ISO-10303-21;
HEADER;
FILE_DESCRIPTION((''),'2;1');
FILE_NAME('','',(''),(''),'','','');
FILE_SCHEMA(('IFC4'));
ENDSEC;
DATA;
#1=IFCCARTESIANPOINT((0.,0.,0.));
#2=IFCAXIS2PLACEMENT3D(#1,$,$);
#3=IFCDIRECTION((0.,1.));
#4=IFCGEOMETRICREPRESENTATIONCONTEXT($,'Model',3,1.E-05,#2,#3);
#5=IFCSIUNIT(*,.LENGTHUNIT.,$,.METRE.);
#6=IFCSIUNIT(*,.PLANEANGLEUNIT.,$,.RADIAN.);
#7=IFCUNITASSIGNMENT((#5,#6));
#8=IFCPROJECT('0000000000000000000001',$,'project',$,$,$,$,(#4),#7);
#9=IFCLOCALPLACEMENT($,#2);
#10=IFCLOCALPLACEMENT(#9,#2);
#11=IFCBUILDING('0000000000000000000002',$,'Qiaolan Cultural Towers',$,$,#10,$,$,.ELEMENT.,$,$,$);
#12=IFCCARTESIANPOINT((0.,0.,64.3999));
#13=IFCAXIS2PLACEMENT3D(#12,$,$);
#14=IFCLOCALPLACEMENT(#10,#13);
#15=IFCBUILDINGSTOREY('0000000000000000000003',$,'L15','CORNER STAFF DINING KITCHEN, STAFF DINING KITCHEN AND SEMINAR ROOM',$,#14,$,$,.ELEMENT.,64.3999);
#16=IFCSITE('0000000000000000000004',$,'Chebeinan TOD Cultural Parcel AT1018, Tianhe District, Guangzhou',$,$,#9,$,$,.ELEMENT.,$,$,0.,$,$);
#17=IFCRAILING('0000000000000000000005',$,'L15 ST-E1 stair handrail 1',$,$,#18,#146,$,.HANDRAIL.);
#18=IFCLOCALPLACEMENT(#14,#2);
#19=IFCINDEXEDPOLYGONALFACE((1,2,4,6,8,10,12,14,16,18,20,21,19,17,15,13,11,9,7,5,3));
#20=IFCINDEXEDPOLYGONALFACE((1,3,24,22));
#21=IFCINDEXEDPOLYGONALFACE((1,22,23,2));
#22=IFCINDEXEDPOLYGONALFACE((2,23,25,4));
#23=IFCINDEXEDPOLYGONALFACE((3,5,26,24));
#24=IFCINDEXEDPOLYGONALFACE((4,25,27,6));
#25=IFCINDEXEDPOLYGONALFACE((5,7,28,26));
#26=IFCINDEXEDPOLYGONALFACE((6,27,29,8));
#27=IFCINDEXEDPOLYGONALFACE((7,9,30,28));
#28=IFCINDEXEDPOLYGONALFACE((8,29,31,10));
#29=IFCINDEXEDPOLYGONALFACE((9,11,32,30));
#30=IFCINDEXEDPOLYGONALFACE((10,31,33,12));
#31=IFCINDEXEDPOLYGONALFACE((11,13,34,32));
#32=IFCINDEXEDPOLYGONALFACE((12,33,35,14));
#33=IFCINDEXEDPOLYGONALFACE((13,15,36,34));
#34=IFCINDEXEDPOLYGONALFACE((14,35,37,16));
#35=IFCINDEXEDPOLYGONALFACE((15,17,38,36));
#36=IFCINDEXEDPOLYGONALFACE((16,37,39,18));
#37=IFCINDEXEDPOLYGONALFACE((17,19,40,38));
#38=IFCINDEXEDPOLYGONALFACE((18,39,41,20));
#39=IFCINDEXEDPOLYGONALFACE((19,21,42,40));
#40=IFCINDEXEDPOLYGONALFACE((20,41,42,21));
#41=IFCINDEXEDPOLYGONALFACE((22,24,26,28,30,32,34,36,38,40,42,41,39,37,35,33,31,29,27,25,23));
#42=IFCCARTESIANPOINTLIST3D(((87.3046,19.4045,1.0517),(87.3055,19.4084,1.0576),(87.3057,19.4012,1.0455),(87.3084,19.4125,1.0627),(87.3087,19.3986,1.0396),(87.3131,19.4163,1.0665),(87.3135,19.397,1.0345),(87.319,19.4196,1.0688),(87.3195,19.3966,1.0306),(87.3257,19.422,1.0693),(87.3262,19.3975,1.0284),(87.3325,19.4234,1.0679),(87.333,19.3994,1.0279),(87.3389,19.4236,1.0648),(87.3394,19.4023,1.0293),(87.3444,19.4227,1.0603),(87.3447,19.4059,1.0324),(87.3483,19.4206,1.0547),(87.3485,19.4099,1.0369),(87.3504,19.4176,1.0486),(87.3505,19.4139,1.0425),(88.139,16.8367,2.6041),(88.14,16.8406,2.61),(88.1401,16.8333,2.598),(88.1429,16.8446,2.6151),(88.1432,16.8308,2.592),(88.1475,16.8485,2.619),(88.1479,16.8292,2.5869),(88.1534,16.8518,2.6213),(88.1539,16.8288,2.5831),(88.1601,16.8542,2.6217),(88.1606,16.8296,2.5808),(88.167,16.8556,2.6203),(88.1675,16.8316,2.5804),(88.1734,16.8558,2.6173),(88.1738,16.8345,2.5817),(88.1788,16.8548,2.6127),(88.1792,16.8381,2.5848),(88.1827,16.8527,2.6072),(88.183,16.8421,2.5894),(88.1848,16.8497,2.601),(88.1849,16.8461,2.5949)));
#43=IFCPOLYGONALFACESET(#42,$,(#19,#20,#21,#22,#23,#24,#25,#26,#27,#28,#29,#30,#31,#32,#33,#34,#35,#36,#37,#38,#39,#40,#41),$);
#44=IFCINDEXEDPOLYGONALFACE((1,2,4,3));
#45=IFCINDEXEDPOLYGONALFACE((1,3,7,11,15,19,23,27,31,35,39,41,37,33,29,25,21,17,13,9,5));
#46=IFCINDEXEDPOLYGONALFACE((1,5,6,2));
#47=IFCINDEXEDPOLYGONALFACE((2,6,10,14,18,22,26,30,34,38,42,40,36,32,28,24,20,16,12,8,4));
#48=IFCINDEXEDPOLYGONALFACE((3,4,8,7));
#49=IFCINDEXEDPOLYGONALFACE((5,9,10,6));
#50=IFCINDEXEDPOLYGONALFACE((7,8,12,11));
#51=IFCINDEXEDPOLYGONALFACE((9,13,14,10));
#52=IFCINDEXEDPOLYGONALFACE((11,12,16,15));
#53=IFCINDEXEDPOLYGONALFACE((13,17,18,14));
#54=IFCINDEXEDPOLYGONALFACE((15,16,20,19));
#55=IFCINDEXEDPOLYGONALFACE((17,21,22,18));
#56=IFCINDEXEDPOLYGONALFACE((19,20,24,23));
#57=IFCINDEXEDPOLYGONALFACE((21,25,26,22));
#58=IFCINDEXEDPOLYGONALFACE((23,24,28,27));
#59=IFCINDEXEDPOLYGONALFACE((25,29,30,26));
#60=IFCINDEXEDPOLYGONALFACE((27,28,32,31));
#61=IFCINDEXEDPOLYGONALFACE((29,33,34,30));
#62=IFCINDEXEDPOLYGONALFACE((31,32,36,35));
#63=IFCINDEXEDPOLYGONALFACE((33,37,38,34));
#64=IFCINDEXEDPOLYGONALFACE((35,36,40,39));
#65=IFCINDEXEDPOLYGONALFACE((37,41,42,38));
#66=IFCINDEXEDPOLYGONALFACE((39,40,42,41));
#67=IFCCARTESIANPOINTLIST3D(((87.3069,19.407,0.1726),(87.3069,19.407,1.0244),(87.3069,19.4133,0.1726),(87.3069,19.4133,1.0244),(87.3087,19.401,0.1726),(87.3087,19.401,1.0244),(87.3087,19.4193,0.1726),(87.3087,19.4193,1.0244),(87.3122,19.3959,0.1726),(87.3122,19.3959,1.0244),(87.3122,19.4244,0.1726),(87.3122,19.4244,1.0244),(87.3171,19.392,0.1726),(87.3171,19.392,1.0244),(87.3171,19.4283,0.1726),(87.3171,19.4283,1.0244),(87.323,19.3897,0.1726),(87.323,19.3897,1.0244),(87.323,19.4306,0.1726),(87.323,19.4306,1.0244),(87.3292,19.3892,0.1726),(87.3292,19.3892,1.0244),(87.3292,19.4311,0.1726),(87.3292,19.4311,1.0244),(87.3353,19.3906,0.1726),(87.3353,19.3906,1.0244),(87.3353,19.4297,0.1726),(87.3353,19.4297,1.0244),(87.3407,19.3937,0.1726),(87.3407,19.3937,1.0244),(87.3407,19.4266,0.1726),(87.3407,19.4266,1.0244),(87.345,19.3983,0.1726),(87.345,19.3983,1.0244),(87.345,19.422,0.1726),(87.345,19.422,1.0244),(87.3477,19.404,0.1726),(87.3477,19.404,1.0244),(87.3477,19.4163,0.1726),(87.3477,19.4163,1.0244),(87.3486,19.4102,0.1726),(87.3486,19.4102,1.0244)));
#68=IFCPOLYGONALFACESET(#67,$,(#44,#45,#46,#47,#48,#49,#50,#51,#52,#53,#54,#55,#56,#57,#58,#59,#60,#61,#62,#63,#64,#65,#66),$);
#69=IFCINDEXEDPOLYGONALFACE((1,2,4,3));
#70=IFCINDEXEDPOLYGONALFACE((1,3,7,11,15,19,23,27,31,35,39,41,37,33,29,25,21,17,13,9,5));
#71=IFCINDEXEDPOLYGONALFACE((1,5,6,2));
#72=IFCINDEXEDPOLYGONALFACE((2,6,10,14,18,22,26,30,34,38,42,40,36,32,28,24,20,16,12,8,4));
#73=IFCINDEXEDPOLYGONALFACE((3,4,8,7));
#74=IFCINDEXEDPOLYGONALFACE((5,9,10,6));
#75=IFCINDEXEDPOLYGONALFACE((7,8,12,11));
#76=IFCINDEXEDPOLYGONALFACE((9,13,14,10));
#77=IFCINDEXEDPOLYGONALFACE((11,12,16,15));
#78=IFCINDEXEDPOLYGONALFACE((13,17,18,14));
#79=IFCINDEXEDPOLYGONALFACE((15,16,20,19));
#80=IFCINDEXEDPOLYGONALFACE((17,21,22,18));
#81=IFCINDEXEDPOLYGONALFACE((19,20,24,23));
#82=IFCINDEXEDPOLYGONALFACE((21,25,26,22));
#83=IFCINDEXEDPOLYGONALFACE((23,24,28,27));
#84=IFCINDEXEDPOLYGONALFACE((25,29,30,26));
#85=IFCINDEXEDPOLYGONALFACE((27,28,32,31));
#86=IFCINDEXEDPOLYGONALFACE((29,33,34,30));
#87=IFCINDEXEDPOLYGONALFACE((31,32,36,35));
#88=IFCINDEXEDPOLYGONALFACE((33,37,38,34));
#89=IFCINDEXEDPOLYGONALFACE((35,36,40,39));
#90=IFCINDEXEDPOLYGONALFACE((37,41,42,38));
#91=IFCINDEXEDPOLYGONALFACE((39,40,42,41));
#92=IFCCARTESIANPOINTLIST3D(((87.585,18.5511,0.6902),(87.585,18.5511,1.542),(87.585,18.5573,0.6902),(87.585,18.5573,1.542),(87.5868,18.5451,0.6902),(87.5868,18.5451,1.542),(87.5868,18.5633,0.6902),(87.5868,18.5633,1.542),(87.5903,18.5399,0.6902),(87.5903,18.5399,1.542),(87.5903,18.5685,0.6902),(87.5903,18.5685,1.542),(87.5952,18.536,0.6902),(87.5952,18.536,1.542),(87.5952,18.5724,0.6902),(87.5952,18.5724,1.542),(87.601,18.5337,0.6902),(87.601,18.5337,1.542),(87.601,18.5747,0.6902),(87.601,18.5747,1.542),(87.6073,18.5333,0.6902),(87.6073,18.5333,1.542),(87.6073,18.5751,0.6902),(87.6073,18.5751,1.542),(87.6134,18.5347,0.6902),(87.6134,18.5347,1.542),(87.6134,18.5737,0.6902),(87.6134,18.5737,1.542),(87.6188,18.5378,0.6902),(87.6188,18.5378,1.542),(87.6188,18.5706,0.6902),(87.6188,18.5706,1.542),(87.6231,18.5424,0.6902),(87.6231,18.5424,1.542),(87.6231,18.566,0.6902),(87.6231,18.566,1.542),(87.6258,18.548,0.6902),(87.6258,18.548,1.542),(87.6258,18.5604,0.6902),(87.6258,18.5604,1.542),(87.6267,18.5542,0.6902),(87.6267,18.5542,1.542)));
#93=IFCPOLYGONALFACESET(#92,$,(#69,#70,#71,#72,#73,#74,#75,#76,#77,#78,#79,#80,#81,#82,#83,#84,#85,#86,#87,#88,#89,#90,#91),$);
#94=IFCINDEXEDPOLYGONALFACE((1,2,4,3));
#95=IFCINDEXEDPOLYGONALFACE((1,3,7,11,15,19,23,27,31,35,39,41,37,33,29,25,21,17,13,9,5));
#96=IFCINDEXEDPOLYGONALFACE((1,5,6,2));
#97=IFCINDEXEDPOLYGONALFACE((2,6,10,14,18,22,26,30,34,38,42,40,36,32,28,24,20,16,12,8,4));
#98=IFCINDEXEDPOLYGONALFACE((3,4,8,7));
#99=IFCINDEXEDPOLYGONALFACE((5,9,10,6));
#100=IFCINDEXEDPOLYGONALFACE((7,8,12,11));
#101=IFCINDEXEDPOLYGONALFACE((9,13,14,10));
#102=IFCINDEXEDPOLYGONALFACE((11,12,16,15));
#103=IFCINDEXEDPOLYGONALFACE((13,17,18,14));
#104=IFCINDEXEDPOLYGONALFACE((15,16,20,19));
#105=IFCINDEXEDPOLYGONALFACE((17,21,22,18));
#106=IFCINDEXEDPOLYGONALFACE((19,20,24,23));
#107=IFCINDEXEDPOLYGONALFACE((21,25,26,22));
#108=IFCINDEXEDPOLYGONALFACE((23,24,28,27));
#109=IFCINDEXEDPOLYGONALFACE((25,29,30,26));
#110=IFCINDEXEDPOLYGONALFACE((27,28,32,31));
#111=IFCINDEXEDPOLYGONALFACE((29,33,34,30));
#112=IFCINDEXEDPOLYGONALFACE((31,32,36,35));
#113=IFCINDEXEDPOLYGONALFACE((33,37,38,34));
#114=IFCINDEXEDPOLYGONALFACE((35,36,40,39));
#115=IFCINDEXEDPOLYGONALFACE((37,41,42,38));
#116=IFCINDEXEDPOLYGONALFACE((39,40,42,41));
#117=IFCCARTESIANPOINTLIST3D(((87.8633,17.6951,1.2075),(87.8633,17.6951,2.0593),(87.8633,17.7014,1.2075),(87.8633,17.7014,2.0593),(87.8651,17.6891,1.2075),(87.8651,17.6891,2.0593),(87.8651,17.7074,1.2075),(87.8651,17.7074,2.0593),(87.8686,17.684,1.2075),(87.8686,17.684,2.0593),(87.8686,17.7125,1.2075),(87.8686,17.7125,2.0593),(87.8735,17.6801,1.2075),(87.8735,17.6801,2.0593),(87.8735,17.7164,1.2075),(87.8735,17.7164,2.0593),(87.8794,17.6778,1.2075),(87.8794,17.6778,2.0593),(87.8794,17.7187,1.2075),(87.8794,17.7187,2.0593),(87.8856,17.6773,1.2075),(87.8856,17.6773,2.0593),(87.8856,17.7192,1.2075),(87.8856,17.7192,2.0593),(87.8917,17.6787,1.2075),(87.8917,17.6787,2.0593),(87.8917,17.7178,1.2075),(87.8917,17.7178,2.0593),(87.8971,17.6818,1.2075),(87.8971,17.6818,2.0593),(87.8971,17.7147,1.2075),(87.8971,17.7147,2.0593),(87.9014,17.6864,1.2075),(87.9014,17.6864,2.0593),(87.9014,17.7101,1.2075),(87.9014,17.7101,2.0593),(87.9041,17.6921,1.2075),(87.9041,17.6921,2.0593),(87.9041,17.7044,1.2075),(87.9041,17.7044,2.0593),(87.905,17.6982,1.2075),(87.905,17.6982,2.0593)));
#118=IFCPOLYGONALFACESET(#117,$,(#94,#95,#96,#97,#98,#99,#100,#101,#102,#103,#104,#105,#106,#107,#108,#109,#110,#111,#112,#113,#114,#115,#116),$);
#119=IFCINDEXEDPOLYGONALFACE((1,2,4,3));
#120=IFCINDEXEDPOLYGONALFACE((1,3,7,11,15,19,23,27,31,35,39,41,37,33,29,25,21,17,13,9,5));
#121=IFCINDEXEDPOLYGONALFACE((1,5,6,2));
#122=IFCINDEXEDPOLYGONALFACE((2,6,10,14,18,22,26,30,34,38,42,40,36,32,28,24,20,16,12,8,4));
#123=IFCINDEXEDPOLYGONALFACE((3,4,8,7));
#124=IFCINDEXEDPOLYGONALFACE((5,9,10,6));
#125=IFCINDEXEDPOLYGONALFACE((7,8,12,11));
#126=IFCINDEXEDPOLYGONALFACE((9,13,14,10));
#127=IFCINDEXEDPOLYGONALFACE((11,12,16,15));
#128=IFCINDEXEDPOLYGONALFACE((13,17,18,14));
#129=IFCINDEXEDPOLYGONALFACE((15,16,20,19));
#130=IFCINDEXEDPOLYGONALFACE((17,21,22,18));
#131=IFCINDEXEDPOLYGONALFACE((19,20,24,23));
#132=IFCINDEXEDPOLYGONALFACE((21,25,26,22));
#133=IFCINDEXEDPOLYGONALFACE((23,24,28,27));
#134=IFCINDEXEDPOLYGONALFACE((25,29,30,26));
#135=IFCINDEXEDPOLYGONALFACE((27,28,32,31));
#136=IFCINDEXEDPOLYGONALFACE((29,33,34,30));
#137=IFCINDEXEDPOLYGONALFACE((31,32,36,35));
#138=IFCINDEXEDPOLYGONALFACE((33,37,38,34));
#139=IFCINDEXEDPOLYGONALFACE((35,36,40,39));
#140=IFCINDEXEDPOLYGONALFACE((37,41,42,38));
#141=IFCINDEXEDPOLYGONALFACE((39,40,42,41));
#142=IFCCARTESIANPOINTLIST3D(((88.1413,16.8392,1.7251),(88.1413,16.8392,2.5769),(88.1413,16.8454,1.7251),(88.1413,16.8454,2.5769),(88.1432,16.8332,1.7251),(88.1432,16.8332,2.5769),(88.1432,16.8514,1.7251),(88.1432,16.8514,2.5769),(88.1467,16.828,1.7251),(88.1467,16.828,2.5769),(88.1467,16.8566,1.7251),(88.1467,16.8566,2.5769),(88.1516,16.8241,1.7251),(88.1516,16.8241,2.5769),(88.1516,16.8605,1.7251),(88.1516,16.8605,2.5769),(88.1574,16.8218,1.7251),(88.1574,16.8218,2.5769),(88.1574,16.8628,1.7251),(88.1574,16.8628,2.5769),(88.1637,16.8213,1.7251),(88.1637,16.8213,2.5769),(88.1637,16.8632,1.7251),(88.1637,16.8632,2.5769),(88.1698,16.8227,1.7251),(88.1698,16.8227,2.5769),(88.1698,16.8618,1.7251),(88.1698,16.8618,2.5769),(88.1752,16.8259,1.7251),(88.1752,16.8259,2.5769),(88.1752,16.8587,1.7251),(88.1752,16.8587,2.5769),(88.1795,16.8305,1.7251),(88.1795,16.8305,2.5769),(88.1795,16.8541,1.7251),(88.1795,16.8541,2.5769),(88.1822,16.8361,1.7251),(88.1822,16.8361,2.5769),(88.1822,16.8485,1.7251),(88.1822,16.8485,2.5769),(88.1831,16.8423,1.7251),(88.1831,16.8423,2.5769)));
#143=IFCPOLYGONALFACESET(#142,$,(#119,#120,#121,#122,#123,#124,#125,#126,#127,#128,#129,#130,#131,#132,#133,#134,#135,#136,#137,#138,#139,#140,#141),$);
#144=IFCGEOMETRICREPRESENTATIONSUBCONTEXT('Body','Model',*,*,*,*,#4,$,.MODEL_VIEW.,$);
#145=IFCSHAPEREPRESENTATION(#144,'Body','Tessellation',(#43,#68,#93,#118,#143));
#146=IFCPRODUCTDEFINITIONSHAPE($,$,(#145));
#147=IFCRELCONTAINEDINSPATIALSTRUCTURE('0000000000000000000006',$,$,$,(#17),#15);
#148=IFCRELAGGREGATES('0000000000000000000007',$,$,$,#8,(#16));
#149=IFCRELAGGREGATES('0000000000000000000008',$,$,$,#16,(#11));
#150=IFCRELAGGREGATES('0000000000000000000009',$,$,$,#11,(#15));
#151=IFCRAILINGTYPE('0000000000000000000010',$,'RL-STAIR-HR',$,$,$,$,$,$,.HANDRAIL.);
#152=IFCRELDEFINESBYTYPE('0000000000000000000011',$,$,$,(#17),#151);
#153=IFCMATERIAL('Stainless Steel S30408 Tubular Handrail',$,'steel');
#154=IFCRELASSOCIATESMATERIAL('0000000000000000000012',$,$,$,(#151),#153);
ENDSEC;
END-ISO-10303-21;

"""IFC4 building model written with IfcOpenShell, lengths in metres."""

from ifc_helpers import new_model, si_unit, direction, frame, origin, origin_2d, place, context, subcontext, project, spatial, circle, extrude, material, type_object, element, save


model = new_model("IFC4")

# Units and contexts
model_context = context("Model", 3, precision=1e-05, world=origin(), true_north=direction((0.0, 1.0)))
body_context = subcontext(model_context, "Body", "Model", "MODEL_VIEW")
ifc_project = project(units=[si_unit("LENGTHUNIT", "METRE"), si_unit("PLANEANGLEUNIT", "RADIAN")], contexts=[model_context])

# Site, building, storey
site_placement = place(None, origin())
site = spatial("IfcSite", under=ifc_project, at=site_placement, Name="Chebeinan TOD Cultural Parcel AT1018, Tianhe District, Guangzhou", CompositionType="ELEMENT", RefElevation=0.0)
building_placement = place(site_placement, origin())
building = spatial("IfcBuilding", under=site, at=building_placement, Name="Qiaolan Cultural Towers", CompositionType="ELEMENT")
storey_placement = place(building_placement, frame((0.0, 0.0, 64.3999)))
storey = spatial("IfcBuildingStorey", under=building, at=storey_placement, Name="L15", Description="CORNER STAFF DINING KITCHEN, STAFF DINING KITCHEN AND SEMINAR ROOM", CompositionType="ELEMENT", Elevation=64.3999)

# Railing
ifc_material_1 = material(Name="Stainless Steel S30408 Tubular Handrail", Category="steel")
railing_type = type_object("IfcRailingType", Name="RL-STAIR-HR", PredefinedType="HANDRAIL", material=ifc_material_1)
railing_placement = place(storey_placement, frame((87.3276, 19.4102, 0.1726)))
element("IfcRailing", 1, at=railing_placement, inside=storey, type_object=railing_type, Name="L15 ST-E1 stair handrail 1", PredefinedType="HANDRAIL", context=body_context, shape_type="SweptSolid", body=[
    extrude(circle(Radius=0.0239, at=origin_2d()), frame((0.0, 0.0, 0.876), z_axis=(0.267926, -0.824471, 0.498461), x_axis=(0.951043, 0.309057, 0.0)), (0.0, 0.0, 1.0), 3.1145),
    extrude(circle(Radius=0.021, at=origin_2d()), origin(), (0.0, 0.0, 1.0), 0.8518),
    extrude(circle(Radius=0.021, at=origin_2d()), frame((0.2781, -0.856, 0.5176)), (0.0, 0.0, 1.0), 0.8518),
    extrude(circle(Radius=0.021, at=origin_2d()), frame((0.5564, -1.7119, 1.0349)), (0.0, 0.0, 1.0), 0.8518),
    extrude(circle(Radius=0.021, at=origin_2d()), frame((0.8345, -2.5679, 1.5525)), (0.0, 0.0, 1.0), 0.8518),
])

save(model, "model.ifc")
